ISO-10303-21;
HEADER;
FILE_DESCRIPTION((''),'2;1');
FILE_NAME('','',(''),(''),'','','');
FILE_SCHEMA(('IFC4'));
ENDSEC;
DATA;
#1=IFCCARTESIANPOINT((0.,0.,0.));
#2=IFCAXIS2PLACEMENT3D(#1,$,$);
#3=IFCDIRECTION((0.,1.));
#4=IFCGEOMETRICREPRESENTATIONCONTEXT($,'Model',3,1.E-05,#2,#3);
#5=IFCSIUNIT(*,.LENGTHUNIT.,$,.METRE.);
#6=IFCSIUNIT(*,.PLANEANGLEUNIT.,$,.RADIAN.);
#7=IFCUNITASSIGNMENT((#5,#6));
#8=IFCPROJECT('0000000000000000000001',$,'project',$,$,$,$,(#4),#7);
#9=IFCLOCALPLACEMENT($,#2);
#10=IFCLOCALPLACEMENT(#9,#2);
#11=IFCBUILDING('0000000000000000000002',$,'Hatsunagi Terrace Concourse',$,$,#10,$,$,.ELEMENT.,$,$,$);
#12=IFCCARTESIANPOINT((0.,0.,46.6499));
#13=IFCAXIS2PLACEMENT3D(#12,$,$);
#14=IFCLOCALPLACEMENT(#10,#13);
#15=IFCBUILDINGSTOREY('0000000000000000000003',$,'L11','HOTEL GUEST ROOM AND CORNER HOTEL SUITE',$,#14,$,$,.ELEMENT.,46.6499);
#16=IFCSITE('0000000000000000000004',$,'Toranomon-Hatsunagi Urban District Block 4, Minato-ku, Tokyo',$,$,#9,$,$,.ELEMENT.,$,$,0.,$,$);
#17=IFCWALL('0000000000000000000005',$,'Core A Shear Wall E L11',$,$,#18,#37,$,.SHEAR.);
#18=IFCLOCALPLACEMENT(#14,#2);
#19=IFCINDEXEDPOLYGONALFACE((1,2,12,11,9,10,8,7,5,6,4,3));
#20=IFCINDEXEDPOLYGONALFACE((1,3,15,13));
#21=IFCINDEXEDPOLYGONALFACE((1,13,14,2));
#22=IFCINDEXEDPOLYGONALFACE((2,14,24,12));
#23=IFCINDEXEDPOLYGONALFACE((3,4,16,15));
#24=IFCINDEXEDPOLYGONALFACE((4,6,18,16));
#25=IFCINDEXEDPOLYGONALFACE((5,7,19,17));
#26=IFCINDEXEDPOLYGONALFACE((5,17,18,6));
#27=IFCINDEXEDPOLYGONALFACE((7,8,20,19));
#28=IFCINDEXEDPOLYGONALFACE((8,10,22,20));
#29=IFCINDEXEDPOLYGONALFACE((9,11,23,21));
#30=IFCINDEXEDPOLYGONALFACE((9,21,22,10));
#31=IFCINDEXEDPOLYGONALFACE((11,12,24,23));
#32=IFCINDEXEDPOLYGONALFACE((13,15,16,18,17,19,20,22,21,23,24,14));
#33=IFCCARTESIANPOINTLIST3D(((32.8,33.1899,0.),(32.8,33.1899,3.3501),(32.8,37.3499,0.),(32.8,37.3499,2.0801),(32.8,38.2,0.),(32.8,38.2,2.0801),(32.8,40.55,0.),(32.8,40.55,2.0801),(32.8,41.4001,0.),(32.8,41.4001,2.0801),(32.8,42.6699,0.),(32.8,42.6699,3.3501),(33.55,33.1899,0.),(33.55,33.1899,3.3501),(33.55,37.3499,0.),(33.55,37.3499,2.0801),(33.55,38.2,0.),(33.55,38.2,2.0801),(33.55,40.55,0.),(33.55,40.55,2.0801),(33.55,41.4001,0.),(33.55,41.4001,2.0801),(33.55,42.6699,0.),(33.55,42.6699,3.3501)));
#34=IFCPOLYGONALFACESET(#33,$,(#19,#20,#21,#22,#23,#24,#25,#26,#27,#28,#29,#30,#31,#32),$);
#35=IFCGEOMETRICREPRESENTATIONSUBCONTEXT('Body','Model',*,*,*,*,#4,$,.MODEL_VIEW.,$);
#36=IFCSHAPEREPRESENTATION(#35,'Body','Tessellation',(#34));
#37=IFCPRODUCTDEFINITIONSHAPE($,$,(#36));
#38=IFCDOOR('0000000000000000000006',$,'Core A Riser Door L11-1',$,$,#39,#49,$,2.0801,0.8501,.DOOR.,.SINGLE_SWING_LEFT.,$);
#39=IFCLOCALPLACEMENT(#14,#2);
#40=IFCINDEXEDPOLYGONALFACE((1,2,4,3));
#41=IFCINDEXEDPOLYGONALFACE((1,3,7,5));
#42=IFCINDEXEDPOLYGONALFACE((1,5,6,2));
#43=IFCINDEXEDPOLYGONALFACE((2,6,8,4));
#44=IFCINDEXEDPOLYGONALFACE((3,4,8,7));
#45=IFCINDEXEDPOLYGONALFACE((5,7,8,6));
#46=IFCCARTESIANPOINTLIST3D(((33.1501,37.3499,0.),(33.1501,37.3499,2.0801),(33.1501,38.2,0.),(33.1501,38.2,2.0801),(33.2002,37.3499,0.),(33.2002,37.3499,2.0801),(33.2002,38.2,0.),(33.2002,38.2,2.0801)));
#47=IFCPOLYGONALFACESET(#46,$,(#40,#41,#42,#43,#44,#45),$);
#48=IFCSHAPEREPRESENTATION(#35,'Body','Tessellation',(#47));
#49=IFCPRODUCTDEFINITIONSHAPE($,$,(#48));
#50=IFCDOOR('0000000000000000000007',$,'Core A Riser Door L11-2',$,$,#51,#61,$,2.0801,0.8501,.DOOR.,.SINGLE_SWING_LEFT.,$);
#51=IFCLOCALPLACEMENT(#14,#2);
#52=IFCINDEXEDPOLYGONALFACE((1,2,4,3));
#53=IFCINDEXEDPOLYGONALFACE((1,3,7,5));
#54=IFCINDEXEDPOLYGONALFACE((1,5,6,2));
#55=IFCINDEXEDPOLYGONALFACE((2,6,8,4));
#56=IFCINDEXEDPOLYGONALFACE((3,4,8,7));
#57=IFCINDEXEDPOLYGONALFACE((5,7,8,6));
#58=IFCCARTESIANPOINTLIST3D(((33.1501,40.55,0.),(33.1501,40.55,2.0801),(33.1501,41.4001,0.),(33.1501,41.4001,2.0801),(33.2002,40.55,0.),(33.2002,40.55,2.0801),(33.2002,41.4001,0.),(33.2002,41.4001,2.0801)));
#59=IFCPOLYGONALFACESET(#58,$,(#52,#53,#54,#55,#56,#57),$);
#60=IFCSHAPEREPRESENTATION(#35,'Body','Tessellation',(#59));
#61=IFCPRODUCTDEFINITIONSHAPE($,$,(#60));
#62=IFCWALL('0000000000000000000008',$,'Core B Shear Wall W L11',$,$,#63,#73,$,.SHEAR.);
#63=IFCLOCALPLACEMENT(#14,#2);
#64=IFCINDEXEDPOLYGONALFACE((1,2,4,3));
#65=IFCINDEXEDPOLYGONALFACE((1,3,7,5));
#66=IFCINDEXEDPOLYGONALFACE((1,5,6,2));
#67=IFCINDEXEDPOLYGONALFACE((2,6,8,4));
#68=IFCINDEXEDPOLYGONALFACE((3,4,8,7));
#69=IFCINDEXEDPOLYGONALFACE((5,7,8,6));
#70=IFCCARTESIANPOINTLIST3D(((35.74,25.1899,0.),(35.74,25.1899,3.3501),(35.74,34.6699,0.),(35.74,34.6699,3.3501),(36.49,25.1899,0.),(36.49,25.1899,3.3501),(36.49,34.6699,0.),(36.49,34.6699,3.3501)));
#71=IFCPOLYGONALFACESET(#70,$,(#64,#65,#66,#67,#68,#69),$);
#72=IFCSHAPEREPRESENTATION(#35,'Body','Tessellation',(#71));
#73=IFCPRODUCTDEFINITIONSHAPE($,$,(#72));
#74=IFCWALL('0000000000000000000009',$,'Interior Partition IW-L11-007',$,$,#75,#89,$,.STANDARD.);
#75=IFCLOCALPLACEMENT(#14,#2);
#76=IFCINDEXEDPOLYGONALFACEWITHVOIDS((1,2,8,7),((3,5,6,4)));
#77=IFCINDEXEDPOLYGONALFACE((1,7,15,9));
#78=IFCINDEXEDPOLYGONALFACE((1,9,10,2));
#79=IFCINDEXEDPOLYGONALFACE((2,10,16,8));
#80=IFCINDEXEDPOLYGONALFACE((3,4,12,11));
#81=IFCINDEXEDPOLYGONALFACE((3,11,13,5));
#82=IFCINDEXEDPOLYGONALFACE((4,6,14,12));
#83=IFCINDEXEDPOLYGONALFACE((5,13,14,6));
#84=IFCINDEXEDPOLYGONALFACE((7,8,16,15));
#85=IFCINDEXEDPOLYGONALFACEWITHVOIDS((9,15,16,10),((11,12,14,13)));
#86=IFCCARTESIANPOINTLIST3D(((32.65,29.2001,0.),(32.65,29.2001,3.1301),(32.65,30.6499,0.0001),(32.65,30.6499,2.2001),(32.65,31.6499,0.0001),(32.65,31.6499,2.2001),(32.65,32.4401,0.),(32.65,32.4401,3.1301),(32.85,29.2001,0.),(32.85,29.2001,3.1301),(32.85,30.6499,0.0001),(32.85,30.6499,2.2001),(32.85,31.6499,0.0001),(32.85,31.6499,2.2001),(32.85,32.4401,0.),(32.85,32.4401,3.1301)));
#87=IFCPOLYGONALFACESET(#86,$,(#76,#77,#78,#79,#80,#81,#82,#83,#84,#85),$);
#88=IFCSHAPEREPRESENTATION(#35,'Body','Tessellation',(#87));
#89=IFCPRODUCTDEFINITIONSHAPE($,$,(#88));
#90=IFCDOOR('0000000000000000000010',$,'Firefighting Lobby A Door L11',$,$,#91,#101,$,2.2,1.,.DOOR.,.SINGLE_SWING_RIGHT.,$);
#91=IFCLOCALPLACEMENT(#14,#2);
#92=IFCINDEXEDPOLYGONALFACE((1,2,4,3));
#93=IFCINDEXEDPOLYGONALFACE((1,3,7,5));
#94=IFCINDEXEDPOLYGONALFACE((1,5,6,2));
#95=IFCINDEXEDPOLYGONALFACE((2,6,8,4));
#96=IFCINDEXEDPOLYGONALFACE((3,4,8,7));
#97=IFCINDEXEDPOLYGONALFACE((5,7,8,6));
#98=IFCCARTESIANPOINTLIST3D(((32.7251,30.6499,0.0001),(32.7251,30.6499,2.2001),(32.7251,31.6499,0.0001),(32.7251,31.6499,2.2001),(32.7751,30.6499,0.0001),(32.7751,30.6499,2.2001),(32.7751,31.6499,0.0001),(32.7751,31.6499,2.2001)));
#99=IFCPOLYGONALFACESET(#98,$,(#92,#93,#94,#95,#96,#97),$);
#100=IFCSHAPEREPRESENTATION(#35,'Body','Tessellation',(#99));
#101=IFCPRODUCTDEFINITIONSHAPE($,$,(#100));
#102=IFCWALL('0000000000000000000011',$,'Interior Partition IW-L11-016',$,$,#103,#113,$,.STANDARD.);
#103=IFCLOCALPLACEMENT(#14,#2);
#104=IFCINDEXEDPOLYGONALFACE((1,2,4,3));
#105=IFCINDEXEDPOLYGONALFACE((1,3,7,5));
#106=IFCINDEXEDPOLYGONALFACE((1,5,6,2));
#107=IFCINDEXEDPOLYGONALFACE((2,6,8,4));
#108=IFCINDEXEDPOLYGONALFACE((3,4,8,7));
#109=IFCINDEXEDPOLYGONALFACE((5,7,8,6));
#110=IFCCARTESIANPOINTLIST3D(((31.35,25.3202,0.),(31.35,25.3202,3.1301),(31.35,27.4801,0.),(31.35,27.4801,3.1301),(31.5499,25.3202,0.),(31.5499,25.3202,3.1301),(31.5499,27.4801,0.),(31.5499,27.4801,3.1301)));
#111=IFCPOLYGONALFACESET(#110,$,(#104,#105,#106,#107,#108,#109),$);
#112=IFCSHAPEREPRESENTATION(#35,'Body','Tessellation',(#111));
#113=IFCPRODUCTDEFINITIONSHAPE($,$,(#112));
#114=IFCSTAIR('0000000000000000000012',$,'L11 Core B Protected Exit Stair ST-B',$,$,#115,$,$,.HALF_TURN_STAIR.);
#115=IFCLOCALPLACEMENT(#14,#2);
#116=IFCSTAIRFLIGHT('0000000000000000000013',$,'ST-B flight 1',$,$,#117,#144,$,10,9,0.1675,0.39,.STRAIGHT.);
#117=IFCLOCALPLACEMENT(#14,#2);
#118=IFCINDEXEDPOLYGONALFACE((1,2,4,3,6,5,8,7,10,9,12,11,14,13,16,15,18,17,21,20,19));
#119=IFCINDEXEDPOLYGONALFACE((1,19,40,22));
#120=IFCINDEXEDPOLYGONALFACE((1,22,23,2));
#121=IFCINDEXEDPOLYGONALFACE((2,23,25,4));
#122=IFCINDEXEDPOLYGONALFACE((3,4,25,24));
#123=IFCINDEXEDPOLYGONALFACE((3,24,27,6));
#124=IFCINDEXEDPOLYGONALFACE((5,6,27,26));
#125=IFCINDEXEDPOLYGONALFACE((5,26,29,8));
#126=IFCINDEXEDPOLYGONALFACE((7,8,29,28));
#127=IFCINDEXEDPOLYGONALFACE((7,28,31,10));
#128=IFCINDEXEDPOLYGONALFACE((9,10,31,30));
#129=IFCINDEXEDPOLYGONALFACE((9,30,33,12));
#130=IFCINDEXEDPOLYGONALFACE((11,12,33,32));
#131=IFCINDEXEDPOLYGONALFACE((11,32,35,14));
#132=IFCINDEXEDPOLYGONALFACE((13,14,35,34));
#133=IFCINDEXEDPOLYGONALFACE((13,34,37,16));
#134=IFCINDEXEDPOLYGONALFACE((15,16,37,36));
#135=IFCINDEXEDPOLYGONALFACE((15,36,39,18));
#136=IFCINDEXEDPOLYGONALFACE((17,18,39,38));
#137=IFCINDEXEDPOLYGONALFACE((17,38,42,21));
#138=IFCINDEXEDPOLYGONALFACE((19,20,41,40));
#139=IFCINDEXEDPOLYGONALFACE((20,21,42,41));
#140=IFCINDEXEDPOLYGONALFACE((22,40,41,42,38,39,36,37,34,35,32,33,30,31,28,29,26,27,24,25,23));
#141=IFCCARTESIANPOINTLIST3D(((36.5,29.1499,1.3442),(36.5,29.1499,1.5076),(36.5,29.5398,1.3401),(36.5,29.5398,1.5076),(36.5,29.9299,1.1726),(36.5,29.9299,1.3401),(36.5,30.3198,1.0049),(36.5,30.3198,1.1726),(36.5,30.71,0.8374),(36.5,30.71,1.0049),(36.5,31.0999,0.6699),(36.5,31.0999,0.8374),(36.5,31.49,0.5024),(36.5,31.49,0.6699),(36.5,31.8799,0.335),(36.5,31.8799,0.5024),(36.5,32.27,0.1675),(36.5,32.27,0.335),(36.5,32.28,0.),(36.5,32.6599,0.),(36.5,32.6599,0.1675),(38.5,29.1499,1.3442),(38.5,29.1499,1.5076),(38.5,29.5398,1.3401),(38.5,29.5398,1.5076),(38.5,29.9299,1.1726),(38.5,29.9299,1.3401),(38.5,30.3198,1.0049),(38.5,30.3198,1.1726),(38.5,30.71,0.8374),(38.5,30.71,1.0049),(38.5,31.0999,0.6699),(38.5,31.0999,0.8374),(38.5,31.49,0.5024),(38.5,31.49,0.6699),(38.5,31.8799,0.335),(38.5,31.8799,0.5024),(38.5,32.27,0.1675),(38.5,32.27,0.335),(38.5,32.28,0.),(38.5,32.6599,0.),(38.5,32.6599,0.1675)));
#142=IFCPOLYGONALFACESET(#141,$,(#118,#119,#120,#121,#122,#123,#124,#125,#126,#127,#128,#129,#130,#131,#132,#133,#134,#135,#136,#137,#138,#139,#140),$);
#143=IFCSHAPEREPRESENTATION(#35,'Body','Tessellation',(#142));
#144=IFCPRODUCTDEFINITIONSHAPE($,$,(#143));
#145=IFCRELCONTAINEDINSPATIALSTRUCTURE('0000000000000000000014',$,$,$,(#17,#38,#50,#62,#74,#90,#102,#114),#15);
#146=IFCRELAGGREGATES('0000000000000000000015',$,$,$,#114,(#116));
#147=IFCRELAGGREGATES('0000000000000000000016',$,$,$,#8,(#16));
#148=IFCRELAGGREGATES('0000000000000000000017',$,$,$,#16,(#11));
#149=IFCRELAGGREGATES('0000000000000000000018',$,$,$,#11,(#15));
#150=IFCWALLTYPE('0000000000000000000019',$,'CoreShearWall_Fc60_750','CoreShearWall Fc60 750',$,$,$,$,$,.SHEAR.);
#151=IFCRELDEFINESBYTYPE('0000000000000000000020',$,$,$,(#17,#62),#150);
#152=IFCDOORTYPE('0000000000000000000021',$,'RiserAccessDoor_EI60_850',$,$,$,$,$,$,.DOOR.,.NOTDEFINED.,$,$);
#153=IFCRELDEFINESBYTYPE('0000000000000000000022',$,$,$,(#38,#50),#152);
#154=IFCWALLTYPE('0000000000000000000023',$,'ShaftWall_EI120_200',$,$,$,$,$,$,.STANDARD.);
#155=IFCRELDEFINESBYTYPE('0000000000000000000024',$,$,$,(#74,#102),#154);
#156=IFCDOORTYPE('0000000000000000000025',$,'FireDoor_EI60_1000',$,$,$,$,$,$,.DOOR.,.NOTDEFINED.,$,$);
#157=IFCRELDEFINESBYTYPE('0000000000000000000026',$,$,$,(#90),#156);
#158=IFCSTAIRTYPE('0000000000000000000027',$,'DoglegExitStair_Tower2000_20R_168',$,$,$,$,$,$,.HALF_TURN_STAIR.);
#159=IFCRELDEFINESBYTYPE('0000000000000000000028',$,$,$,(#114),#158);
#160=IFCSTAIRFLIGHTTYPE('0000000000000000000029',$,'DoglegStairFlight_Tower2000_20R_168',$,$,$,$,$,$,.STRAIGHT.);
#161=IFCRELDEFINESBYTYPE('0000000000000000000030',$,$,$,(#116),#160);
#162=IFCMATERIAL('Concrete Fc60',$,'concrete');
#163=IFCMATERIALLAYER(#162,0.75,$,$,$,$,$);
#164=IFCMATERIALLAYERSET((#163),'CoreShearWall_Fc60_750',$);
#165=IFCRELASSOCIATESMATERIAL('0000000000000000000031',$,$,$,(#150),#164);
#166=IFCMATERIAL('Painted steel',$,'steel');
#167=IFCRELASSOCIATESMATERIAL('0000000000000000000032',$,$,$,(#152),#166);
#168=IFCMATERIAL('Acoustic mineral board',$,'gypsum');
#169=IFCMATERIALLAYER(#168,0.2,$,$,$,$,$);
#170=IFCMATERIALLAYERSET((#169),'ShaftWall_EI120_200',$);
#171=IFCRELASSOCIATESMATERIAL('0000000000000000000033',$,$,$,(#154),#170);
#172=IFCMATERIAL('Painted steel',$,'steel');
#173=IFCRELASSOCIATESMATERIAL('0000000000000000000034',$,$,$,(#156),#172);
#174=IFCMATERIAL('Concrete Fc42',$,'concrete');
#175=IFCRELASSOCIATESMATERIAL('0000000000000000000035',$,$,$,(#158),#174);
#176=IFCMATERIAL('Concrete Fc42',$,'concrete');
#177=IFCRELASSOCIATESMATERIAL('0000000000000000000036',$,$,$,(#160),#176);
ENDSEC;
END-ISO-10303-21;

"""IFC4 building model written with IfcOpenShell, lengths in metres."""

from ifc_helpers import new_model, si_unit, direction, frame, frame_2d, origin, place, context, subcontext, project, spatial, polyline, rectangle, outline, extrude, material, layer, layer_set, type_object, element, fill, aggregate, save


model = new_model("IFC4")

# Units and contexts
model_context = context("Model", 3, precision=1e-05, world=origin(), true_north=direction((0.0, 1.0)))
body_context = subcontext(model_context, "Body", "Model", "MODEL_VIEW")
ifc_project = project(units=[si_unit("LENGTHUNIT", "METRE"), si_unit("PLANEANGLEUNIT", "RADIAN")], contexts=[model_context])

# Site, building, storey
site_placement = place(None, origin())
site = spatial("IfcSite", under=ifc_project, at=site_placement, Name="Toranomon-Hatsunagi Urban District Block 4, Minato-ku, Tokyo", CompositionType="ELEMENT", RefElevation=0.0)
building_placement = place(site_placement, origin())
building = spatial("IfcBuilding", under=site, at=building_placement, Name="Hatsunagi Terrace Concourse", CompositionType="ELEMENT")
storey_placement = place(building_placement, frame((0.0, 0.0, 46.6499)))
storey = spatial("IfcBuildingStorey", under=building, at=storey_placement, Name="L11", Description="HOTEL GUEST ROOM AND CORNER HOTEL SUITE", CompositionType="ELEMENT", Elevation=46.6499)

# Wall, openings, doors
ifc_material_1 = material(Name="Concrete Fc60", Category="concrete")
ifc_layer_1 = layer(ifc_material_1, 0.75)
ifc_layer_set_1 = layer_set([ifc_layer_1], Name="CoreShearWall_Fc60_750")
wall_type_1 = type_object("IfcWallType", Name="CoreShearWall_Fc60_750", Description="CoreShearWall Fc60 750", PredefinedType="SHEAR", material=ifc_layer_set_1)
wall_1_placement = place(storey_placement, frame((33.175, 33.1899, 0.0), z_axis=(0.0, 0.0, 1.0), x_axis=(0.0, 1.0, 0.0)))
wall_1 = element("IfcWall", 1, at=wall_1_placement, inside=storey, type_object=wall_type_1, Name="Core A Shear Wall E L11", PredefinedType="SHEAR", context=body_context, shape_type="SweptSolid", body=[
    extrude(rectangle(XDim=9.48, YDim=0.75, at=frame_2d((4.74, 0.0))), origin(), (0.0, 0.0, 1.0), 3.3501),
])
opening_1_placement = place(wall_1_placement, frame((4.1599, 0.0, 0.0)))
opening_1 = element("IfcOpeningElement", 2, at=opening_1_placement, cuts=wall_1, PredefinedType="OPENING", context=body_context, shape_type="SweptSolid", body=[
    extrude(rectangle(XDim=0.8501, YDim=2.0801, at=frame_2d((0.425, 1.04))), frame((0.0, 0.385, 0.0), z_axis=(0.0, -1.0, 0.0), x_axis=(1.0, 0.0, 0.0)), (0.0, 0.0, 1.0), 0.77),
])
opening_2_placement = place(wall_1_placement, frame((7.3601, 0.0, 0.0)))
opening_2 = element("IfcOpeningElement", 3, at=opening_2_placement, cuts=wall_1, PredefinedType="OPENING", context=body_context, shape_type="SweptSolid", body=[
    extrude(rectangle(XDim=0.8501, YDim=2.0801, at=frame_2d((0.425, 1.04))), frame((0.0, 0.385, 0.0), z_axis=(0.0, -1.0, 0.0), x_axis=(1.0, 0.0, 0.0)), (0.0, 0.0, 1.0), 0.77),
])
ifc_material_2 = material(Name="Painted steel", Category="steel")
door_type_1 = type_object("IfcDoorType", Name="RiserAccessDoor_EI60_850", OperationType="NOTDEFINED", PredefinedType="DOOR", material=ifc_material_2)
door_1_placement = place(opening_1_placement, origin())
door_1 = element("IfcDoor", 4, at=door_1_placement, inside=storey, type_object=door_type_1, Name="Core A Riser Door L11-1", OperationType="SINGLE_SWING_LEFT", OverallHeight=2.0801, OverallWidth=0.8501, PredefinedType="DOOR", context=body_context, shape_type="SweptSolid", body=[
    extrude(rectangle(XDim=0.8501, YDim=2.0801, at=frame_2d((0.425, 1.04))), frame((0.0, 0.0249, 0.0), z_axis=(0.0, -1.0, 0.0), x_axis=(1.0, 0.0, 0.0)), (0.0, 0.0, 1.0), 0.05),
])
fill(opening_1, door_1)
door_2_placement = place(opening_2_placement, origin())
door_2 = element("IfcDoor", 5, at=door_2_placement, inside=storey, type_object=door_type_1, Name="Core A Riser Door L11-2", OperationType="SINGLE_SWING_LEFT", OverallHeight=2.0801, OverallWidth=0.8501, PredefinedType="DOOR", context=body_context, shape_type="SweptSolid", body=[
    extrude(rectangle(XDim=0.8501, YDim=2.0801, at=frame_2d((0.425, 1.04))), frame((0.0, 0.0249, 0.0), z_axis=(0.0, -1.0, 0.0), x_axis=(1.0, 0.0, 0.0)), (0.0, 0.0, 1.0), 0.05),
])
fill(opening_2, door_2)

# Wall
wall_2_placement = place(storey_placement, frame((36.115, 25.1899, 0.0), z_axis=(0.0, 0.0, 1.0), x_axis=(0.0, 1.0, 0.0)))
element("IfcWall", 6, at=wall_2_placement, inside=storey, type_object=wall_type_1, Name="Core B Shear Wall W L11", PredefinedType="SHEAR", context=body_context, shape_type="SweptSolid", body=[
    extrude(rectangle(XDim=9.48, YDim=0.75, at=frame_2d((4.74, 0.0))), origin(), (0.0, 0.0, 1.0), 3.3501),
])

# Wall, opening, door
ifc_material_3 = material(Name="Acoustic mineral board", Category="gypsum")
ifc_layer_2 = layer(ifc_material_3, 0.2)
ifc_layer_set_2 = layer_set([ifc_layer_2], Name="ShaftWall_EI120_200")
wall_type_2 = type_object("IfcWallType", Name="ShaftWall_EI120_200", PredefinedType="STANDARD", material=ifc_layer_set_2)
wall_3_placement = place(storey_placement, frame((32.75, 29.2, 0.0), z_axis=(0.0, 0.0, 1.0), x_axis=(0.0, 1.0, 0.0)))
wall_3 = element("IfcWall", 7, at=wall_3_placement, inside=storey, type_object=wall_type_2, Name="Interior Partition IW-L11-007", PredefinedType="STANDARD", context=body_context, shape_type="SweptSolid", body=[
    extrude(rectangle(XDim=3.24, YDim=0.2, at=frame_2d((1.6201, 0.0))), origin(), (0.0, 0.0, 1.0), 3.1301),
])
opening_3_placement = place(wall_3_placement, frame((1.45, 0.0, 0.0)))
opening_3 = element("IfcOpeningElement", 8, at=opening_3_placement, cuts=wall_3, PredefinedType="OPENING", context=body_context, shape_type="SweptSolid", body=[
    extrude(rectangle(XDim=1.0, YDim=2.2, at=frame_2d((0.5, 1.1001))), frame((0.0, 0.1099, 0.0), z_axis=(0.0, -1.0, 0.0), x_axis=(1.0, 0.0, 0.0)), (0.0, 0.0, 1.0), 0.22),
])
ifc_material_4 = material(Name="Painted steel", Category="steel")
door_type_2 = type_object("IfcDoorType", Name="FireDoor_EI60_1000", OperationType="NOTDEFINED", PredefinedType="DOOR", material=ifc_material_4)
door_3_placement = place(opening_3_placement, origin())
door_3 = element("IfcDoor", 9, at=door_3_placement, inside=storey, type_object=door_type_2, Name="Firefighting Lobby A Door L11", OperationType="SINGLE_SWING_RIGHT", OverallHeight=2.2, OverallWidth=1.0, PredefinedType="DOOR", context=body_context, shape_type="SweptSolid", body=[
    extrude(rectangle(XDim=1.0, YDim=2.2, at=frame_2d((0.5, 1.1001))), frame((0.0, 0.0249, 0.0), z_axis=(0.0, -1.0, 0.0), x_axis=(1.0, 0.0, 0.0)), (0.0, 0.0, 1.0), 0.05),
])
fill(opening_3, door_3)

# Wall
wall_4_placement = place(storey_placement, frame((31.45, 25.3201, 0.0), z_axis=(0.0, 0.0, 1.0), x_axis=(0.0, 1.0, 0.0)))
element("IfcWall", 10, at=wall_4_placement, inside=storey, type_object=wall_type_2, Name="Interior Partition IW-L11-016", PredefinedType="STANDARD", context=body_context, shape_type="SweptSolid", body=[
    extrude(rectangle(XDim=2.1599, YDim=0.2, at=frame_2d((1.0801, 0.0))), origin(), (0.0, 0.0, 1.0), 3.1301),
])

# Stair, stair flight
ifc_material_5 = material(Name="Concrete Fc42", Category="concrete")
stair_type = type_object("IfcStairType", Name="DoglegExitStair_Tower2000_20R_168", PredefinedType="HALF_TURN_STAIR", material=ifc_material_5)
stair_placement = place(storey_placement, origin())
stair = element("IfcStair", 11, at=stair_placement, inside=storey, type_object=stair_type, Name="L11 Core B Protected Exit Stair ST-B", PredefinedType="HALF_TURN_STAIR")
ifc_material_6 = material(Name="Concrete Fc42", Category="concrete")
stair_flight_type = type_object("IfcStairFlightType", Name="DoglegStairFlight_Tower2000_20R_168", PredefinedType="STRAIGHT", material=ifc_material_6)
stair_flight_placement = place(storey_placement, frame((37.5, 32.6599, 0.0), z_axis=(0.0, 0.0, 1.0), x_axis=(0.0, -1.0, 0.0)))
stair_flight = element("IfcStairFlight", 12, at=stair_flight_placement, type_object=stair_flight_type, Name="ST-B flight 1", NumberOfRisers=10, NumberOfTreads=9, PredefinedType="STRAIGHT", RiserHeight=0.1675, TreadLength=0.39, context=body_context, shape_type="SweptSolid", body=[
    extrude(outline(polyline([(0.0, 0.0), (0.0, 0.1675), (0.3899, 0.1675), (0.3899, 0.335), (0.78, 0.335), (0.78, 0.5024), (1.1699, 0.5024), (1.1699, 0.6699), (1.5601, 0.6699), (1.5601, 0.8374), (1.95, 0.8374), (1.95, 1.0049), (2.3401, 1.0049), (2.3401, 1.1726), (2.73, 1.1726), (2.73, 1.3401), (3.1201, 1.3401), (3.1201, 1.5076), (3.51, 1.5076), (3.51, 1.675), (3.51, 1.3442), (0.3799, 0.0), (0.0, 0.0)])), frame((0.0, 1.0, 0.0), z_axis=(0.0, -1.0, 0.0), x_axis=(1.0, 0.0, 0.0)), (0.0, 0.0, 1.0), 2.0),
])
aggregate(stair, [stair_flight])

save(model, "model.ifc")
